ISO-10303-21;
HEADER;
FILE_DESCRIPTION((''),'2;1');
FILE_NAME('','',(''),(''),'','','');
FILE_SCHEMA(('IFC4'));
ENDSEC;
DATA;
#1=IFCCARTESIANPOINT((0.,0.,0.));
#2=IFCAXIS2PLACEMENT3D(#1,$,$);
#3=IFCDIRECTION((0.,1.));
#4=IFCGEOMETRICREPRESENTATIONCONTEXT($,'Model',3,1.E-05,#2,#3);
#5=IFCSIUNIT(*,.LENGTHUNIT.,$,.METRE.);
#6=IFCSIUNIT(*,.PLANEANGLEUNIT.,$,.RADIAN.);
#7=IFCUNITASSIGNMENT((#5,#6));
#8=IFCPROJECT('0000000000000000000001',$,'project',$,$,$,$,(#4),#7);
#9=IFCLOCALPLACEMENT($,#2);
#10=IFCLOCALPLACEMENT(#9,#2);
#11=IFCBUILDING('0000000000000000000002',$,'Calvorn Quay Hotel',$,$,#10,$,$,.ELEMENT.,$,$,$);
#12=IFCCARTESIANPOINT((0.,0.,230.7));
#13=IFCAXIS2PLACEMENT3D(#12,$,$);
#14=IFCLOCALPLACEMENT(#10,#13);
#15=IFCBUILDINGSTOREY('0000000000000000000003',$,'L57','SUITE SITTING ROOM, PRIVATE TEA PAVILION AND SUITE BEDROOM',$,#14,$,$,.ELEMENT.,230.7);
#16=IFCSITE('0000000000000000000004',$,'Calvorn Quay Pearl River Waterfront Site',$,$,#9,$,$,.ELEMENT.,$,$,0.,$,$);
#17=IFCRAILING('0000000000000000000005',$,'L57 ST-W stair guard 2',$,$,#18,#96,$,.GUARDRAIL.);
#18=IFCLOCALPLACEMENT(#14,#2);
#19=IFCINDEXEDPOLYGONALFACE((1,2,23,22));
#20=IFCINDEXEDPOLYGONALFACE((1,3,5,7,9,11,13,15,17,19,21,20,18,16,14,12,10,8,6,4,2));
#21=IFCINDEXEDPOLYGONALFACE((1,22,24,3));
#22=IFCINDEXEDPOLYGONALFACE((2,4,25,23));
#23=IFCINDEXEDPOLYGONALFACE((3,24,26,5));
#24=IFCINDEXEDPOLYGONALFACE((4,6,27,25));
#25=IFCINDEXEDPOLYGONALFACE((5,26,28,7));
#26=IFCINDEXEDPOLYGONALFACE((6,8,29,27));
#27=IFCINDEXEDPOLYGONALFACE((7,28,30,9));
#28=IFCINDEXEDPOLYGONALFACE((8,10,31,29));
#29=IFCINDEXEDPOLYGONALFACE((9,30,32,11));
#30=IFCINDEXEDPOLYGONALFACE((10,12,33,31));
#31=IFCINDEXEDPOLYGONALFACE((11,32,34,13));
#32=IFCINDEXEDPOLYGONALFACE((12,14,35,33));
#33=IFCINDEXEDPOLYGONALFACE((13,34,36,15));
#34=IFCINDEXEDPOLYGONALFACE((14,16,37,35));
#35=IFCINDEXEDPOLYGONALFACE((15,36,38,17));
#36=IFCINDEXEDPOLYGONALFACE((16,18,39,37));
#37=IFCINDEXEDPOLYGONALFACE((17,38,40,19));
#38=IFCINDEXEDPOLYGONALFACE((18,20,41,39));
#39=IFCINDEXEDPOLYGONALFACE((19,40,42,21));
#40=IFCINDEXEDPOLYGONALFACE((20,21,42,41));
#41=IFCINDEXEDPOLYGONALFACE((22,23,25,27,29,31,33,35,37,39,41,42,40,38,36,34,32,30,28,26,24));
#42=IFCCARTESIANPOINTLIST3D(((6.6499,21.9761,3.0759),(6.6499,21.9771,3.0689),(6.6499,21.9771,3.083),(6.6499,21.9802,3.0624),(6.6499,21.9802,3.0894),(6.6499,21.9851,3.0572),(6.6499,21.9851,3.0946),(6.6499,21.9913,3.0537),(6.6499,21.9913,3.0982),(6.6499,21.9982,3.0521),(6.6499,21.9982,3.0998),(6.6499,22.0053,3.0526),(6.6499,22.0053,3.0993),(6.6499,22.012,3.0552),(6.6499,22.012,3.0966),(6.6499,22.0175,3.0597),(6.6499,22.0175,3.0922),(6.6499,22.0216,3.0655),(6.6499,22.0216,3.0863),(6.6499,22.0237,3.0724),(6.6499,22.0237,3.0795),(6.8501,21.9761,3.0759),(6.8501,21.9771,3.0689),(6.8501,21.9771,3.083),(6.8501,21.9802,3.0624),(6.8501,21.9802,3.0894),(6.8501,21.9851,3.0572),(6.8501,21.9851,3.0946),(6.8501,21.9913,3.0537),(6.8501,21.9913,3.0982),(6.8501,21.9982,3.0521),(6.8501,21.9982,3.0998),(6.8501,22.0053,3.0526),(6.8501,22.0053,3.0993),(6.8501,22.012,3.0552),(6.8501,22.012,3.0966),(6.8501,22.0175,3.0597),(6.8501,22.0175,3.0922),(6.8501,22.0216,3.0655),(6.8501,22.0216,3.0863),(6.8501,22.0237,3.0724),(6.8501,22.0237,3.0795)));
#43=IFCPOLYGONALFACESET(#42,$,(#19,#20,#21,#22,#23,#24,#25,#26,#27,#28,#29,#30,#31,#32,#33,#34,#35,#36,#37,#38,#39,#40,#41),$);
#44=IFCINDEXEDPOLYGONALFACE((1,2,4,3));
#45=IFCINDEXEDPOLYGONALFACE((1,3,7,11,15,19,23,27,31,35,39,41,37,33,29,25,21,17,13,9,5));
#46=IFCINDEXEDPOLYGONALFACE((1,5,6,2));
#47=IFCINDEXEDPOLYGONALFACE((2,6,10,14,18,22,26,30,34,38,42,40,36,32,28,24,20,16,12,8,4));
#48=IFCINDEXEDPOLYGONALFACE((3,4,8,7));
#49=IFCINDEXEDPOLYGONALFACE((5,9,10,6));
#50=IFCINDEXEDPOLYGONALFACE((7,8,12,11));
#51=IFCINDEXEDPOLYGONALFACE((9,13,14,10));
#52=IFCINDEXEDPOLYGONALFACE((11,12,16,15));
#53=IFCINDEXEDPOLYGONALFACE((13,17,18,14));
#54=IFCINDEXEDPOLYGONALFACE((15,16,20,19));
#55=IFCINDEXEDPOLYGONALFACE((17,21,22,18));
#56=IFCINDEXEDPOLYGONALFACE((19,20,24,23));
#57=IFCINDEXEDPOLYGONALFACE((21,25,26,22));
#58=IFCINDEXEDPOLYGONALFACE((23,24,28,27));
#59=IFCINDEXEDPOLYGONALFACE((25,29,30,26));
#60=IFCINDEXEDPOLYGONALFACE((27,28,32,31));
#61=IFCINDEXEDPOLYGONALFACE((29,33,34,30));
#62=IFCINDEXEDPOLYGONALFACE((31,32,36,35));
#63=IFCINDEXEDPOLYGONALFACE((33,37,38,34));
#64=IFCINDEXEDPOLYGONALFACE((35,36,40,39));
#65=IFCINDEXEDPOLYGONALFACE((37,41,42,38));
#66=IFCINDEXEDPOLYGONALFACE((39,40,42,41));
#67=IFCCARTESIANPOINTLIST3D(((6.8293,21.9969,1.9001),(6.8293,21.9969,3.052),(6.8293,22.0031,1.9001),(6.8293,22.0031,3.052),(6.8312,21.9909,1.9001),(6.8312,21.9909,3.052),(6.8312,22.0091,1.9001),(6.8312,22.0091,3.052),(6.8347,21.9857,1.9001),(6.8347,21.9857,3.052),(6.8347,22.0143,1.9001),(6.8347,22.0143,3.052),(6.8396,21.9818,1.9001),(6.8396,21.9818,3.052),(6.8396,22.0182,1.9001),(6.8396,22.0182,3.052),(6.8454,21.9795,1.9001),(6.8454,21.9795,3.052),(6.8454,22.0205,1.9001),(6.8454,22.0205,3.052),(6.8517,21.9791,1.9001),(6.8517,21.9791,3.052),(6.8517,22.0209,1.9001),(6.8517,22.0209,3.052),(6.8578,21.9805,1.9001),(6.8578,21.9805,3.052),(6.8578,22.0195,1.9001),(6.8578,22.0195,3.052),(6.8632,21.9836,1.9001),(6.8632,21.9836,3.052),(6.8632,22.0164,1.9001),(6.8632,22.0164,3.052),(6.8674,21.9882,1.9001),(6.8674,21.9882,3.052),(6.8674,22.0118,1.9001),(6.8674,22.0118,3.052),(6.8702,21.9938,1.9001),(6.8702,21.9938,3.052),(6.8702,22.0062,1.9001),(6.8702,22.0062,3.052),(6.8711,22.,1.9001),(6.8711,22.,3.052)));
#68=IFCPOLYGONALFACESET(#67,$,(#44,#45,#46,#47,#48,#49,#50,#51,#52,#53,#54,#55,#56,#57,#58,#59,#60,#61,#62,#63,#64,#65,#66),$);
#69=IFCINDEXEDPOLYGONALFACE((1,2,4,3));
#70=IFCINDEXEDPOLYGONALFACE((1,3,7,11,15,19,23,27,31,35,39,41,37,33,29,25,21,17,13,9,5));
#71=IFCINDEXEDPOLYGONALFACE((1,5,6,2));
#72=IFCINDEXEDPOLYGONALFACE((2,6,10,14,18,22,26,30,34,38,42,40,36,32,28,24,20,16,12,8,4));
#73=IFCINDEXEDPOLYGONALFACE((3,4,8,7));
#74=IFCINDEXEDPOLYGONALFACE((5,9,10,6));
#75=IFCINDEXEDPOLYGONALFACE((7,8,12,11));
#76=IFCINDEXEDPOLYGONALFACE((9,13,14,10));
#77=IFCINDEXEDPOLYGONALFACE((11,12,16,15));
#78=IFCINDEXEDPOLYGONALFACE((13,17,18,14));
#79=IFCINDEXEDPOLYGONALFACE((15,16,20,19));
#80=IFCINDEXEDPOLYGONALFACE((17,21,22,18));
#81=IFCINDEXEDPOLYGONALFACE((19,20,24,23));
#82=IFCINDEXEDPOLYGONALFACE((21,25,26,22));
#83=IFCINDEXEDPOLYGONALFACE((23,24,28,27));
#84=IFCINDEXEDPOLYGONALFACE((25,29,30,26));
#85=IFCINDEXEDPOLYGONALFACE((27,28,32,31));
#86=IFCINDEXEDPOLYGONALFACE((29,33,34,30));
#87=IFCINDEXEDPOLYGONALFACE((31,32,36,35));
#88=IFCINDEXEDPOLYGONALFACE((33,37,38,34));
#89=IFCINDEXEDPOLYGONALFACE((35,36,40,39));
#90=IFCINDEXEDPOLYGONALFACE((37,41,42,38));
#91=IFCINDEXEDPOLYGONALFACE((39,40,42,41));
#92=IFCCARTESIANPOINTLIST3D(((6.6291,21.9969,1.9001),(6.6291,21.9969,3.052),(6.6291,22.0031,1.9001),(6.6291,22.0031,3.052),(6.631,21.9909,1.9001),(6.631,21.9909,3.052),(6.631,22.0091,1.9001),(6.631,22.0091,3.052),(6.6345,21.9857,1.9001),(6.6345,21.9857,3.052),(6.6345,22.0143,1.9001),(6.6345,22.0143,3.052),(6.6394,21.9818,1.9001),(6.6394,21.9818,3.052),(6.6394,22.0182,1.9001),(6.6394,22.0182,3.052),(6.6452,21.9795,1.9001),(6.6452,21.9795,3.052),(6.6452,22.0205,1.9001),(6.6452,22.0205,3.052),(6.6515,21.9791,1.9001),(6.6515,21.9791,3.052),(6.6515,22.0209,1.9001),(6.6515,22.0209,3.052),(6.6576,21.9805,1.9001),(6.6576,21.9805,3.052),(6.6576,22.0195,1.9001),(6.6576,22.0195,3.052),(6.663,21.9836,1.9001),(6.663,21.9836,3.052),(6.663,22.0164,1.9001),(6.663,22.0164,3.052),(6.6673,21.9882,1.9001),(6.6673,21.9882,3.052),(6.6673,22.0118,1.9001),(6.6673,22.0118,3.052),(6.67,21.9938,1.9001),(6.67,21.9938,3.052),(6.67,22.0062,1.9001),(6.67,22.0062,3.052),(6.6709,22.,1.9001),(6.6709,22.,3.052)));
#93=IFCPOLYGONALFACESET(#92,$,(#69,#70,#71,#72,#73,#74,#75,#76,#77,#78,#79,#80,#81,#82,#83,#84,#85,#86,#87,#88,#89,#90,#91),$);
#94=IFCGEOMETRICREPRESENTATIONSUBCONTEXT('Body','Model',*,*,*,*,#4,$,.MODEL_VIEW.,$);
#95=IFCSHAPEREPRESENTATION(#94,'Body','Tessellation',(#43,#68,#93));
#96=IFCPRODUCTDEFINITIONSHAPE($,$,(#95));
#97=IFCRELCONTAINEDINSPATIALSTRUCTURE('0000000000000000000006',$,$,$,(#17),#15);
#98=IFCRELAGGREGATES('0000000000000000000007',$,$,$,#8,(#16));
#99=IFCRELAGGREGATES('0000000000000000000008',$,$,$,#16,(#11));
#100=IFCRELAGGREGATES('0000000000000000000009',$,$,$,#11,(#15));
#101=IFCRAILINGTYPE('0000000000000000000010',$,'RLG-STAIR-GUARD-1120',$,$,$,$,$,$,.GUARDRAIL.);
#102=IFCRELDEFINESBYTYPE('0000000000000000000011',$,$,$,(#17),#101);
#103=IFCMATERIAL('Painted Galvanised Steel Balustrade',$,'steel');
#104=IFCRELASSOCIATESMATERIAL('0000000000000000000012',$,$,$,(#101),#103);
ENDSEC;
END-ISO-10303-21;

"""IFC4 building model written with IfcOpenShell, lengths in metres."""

from ifc_helpers import new_model, si_unit, direction, frame, origin, origin_2d, place, context, subcontext, project, spatial, circle, extrude, material, type_object, element, save


model = new_model("IFC4")

# Units and contexts
model_context = context("Model", 3, precision=1e-05, world=origin(), true_north=direction((0.0, 1.0)))
body_context = subcontext(model_context, "Body", "Model", "MODEL_VIEW")
ifc_project = project(units=[si_unit("LENGTHUNIT", "METRE"), si_unit("PLANEANGLEUNIT", "RADIAN")], contexts=[model_context])

# Site, building, storey
site_placement = place(None, origin())
site = spatial("IfcSite", under=ifc_project, at=site_placement, Name="Calvorn Quay Pearl River Waterfront Site", CompositionType="ELEMENT", RefElevation=0.0)
building_placement = place(site_placement, origin())
building = spatial("IfcBuilding", under=site, at=building_placement, Name="Calvorn Quay Hotel", CompositionType="ELEMENT")
storey_placement = place(building_placement, frame((0.0, 0.0, 230.7)))
storey = spatial("IfcBuildingStorey", under=building, at=storey_placement, Name="L57", Description="SUITE SITTING ROOM, PRIVATE TEA PAVILION AND SUITE BEDROOM", CompositionType="ELEMENT", Elevation=230.7)

# Railing
ifc_material_1 = material(Name="Painted Galvanised Steel Balustrade", Category="steel")
railing_type_1 = type_object("IfcRailingType", Name="RLG-STAIR-GUARD-1120", PredefinedType="GUARDRAIL", material=ifc_material_1)
railing_1_placement = place(storey_placement, frame((6.8501, 22.0, 1.9001)))
element("IfcRailing", 1, at=railing_1_placement, inside=storey, type_object=railing_type_1, Name="L57 ST-W stair guard 2", PredefinedType="GUARDRAIL", context=body_context, shape_type="SweptSolid", body=[
    extrude(circle(Radius=0.0239, at=origin_2d()), frame((0.0, 0.0, 1.1758), z_axis=(-1.0, 0.0, 0.0), x_axis=(0.0, -1.0, 0.0)), (0.0, 0.0, 1.0), 0.2002),
    extrude(circle(Radius=0.021, at=origin_2d()), origin(), (0.0, 0.0, 1.0), 1.1519),
    extrude(circle(Radius=0.021, at=origin_2d()), frame((-0.2002, 0.0, 0.0)), (0.0, 0.0, 1.0), 1.1519),
])

save(model, "model.ifc")
